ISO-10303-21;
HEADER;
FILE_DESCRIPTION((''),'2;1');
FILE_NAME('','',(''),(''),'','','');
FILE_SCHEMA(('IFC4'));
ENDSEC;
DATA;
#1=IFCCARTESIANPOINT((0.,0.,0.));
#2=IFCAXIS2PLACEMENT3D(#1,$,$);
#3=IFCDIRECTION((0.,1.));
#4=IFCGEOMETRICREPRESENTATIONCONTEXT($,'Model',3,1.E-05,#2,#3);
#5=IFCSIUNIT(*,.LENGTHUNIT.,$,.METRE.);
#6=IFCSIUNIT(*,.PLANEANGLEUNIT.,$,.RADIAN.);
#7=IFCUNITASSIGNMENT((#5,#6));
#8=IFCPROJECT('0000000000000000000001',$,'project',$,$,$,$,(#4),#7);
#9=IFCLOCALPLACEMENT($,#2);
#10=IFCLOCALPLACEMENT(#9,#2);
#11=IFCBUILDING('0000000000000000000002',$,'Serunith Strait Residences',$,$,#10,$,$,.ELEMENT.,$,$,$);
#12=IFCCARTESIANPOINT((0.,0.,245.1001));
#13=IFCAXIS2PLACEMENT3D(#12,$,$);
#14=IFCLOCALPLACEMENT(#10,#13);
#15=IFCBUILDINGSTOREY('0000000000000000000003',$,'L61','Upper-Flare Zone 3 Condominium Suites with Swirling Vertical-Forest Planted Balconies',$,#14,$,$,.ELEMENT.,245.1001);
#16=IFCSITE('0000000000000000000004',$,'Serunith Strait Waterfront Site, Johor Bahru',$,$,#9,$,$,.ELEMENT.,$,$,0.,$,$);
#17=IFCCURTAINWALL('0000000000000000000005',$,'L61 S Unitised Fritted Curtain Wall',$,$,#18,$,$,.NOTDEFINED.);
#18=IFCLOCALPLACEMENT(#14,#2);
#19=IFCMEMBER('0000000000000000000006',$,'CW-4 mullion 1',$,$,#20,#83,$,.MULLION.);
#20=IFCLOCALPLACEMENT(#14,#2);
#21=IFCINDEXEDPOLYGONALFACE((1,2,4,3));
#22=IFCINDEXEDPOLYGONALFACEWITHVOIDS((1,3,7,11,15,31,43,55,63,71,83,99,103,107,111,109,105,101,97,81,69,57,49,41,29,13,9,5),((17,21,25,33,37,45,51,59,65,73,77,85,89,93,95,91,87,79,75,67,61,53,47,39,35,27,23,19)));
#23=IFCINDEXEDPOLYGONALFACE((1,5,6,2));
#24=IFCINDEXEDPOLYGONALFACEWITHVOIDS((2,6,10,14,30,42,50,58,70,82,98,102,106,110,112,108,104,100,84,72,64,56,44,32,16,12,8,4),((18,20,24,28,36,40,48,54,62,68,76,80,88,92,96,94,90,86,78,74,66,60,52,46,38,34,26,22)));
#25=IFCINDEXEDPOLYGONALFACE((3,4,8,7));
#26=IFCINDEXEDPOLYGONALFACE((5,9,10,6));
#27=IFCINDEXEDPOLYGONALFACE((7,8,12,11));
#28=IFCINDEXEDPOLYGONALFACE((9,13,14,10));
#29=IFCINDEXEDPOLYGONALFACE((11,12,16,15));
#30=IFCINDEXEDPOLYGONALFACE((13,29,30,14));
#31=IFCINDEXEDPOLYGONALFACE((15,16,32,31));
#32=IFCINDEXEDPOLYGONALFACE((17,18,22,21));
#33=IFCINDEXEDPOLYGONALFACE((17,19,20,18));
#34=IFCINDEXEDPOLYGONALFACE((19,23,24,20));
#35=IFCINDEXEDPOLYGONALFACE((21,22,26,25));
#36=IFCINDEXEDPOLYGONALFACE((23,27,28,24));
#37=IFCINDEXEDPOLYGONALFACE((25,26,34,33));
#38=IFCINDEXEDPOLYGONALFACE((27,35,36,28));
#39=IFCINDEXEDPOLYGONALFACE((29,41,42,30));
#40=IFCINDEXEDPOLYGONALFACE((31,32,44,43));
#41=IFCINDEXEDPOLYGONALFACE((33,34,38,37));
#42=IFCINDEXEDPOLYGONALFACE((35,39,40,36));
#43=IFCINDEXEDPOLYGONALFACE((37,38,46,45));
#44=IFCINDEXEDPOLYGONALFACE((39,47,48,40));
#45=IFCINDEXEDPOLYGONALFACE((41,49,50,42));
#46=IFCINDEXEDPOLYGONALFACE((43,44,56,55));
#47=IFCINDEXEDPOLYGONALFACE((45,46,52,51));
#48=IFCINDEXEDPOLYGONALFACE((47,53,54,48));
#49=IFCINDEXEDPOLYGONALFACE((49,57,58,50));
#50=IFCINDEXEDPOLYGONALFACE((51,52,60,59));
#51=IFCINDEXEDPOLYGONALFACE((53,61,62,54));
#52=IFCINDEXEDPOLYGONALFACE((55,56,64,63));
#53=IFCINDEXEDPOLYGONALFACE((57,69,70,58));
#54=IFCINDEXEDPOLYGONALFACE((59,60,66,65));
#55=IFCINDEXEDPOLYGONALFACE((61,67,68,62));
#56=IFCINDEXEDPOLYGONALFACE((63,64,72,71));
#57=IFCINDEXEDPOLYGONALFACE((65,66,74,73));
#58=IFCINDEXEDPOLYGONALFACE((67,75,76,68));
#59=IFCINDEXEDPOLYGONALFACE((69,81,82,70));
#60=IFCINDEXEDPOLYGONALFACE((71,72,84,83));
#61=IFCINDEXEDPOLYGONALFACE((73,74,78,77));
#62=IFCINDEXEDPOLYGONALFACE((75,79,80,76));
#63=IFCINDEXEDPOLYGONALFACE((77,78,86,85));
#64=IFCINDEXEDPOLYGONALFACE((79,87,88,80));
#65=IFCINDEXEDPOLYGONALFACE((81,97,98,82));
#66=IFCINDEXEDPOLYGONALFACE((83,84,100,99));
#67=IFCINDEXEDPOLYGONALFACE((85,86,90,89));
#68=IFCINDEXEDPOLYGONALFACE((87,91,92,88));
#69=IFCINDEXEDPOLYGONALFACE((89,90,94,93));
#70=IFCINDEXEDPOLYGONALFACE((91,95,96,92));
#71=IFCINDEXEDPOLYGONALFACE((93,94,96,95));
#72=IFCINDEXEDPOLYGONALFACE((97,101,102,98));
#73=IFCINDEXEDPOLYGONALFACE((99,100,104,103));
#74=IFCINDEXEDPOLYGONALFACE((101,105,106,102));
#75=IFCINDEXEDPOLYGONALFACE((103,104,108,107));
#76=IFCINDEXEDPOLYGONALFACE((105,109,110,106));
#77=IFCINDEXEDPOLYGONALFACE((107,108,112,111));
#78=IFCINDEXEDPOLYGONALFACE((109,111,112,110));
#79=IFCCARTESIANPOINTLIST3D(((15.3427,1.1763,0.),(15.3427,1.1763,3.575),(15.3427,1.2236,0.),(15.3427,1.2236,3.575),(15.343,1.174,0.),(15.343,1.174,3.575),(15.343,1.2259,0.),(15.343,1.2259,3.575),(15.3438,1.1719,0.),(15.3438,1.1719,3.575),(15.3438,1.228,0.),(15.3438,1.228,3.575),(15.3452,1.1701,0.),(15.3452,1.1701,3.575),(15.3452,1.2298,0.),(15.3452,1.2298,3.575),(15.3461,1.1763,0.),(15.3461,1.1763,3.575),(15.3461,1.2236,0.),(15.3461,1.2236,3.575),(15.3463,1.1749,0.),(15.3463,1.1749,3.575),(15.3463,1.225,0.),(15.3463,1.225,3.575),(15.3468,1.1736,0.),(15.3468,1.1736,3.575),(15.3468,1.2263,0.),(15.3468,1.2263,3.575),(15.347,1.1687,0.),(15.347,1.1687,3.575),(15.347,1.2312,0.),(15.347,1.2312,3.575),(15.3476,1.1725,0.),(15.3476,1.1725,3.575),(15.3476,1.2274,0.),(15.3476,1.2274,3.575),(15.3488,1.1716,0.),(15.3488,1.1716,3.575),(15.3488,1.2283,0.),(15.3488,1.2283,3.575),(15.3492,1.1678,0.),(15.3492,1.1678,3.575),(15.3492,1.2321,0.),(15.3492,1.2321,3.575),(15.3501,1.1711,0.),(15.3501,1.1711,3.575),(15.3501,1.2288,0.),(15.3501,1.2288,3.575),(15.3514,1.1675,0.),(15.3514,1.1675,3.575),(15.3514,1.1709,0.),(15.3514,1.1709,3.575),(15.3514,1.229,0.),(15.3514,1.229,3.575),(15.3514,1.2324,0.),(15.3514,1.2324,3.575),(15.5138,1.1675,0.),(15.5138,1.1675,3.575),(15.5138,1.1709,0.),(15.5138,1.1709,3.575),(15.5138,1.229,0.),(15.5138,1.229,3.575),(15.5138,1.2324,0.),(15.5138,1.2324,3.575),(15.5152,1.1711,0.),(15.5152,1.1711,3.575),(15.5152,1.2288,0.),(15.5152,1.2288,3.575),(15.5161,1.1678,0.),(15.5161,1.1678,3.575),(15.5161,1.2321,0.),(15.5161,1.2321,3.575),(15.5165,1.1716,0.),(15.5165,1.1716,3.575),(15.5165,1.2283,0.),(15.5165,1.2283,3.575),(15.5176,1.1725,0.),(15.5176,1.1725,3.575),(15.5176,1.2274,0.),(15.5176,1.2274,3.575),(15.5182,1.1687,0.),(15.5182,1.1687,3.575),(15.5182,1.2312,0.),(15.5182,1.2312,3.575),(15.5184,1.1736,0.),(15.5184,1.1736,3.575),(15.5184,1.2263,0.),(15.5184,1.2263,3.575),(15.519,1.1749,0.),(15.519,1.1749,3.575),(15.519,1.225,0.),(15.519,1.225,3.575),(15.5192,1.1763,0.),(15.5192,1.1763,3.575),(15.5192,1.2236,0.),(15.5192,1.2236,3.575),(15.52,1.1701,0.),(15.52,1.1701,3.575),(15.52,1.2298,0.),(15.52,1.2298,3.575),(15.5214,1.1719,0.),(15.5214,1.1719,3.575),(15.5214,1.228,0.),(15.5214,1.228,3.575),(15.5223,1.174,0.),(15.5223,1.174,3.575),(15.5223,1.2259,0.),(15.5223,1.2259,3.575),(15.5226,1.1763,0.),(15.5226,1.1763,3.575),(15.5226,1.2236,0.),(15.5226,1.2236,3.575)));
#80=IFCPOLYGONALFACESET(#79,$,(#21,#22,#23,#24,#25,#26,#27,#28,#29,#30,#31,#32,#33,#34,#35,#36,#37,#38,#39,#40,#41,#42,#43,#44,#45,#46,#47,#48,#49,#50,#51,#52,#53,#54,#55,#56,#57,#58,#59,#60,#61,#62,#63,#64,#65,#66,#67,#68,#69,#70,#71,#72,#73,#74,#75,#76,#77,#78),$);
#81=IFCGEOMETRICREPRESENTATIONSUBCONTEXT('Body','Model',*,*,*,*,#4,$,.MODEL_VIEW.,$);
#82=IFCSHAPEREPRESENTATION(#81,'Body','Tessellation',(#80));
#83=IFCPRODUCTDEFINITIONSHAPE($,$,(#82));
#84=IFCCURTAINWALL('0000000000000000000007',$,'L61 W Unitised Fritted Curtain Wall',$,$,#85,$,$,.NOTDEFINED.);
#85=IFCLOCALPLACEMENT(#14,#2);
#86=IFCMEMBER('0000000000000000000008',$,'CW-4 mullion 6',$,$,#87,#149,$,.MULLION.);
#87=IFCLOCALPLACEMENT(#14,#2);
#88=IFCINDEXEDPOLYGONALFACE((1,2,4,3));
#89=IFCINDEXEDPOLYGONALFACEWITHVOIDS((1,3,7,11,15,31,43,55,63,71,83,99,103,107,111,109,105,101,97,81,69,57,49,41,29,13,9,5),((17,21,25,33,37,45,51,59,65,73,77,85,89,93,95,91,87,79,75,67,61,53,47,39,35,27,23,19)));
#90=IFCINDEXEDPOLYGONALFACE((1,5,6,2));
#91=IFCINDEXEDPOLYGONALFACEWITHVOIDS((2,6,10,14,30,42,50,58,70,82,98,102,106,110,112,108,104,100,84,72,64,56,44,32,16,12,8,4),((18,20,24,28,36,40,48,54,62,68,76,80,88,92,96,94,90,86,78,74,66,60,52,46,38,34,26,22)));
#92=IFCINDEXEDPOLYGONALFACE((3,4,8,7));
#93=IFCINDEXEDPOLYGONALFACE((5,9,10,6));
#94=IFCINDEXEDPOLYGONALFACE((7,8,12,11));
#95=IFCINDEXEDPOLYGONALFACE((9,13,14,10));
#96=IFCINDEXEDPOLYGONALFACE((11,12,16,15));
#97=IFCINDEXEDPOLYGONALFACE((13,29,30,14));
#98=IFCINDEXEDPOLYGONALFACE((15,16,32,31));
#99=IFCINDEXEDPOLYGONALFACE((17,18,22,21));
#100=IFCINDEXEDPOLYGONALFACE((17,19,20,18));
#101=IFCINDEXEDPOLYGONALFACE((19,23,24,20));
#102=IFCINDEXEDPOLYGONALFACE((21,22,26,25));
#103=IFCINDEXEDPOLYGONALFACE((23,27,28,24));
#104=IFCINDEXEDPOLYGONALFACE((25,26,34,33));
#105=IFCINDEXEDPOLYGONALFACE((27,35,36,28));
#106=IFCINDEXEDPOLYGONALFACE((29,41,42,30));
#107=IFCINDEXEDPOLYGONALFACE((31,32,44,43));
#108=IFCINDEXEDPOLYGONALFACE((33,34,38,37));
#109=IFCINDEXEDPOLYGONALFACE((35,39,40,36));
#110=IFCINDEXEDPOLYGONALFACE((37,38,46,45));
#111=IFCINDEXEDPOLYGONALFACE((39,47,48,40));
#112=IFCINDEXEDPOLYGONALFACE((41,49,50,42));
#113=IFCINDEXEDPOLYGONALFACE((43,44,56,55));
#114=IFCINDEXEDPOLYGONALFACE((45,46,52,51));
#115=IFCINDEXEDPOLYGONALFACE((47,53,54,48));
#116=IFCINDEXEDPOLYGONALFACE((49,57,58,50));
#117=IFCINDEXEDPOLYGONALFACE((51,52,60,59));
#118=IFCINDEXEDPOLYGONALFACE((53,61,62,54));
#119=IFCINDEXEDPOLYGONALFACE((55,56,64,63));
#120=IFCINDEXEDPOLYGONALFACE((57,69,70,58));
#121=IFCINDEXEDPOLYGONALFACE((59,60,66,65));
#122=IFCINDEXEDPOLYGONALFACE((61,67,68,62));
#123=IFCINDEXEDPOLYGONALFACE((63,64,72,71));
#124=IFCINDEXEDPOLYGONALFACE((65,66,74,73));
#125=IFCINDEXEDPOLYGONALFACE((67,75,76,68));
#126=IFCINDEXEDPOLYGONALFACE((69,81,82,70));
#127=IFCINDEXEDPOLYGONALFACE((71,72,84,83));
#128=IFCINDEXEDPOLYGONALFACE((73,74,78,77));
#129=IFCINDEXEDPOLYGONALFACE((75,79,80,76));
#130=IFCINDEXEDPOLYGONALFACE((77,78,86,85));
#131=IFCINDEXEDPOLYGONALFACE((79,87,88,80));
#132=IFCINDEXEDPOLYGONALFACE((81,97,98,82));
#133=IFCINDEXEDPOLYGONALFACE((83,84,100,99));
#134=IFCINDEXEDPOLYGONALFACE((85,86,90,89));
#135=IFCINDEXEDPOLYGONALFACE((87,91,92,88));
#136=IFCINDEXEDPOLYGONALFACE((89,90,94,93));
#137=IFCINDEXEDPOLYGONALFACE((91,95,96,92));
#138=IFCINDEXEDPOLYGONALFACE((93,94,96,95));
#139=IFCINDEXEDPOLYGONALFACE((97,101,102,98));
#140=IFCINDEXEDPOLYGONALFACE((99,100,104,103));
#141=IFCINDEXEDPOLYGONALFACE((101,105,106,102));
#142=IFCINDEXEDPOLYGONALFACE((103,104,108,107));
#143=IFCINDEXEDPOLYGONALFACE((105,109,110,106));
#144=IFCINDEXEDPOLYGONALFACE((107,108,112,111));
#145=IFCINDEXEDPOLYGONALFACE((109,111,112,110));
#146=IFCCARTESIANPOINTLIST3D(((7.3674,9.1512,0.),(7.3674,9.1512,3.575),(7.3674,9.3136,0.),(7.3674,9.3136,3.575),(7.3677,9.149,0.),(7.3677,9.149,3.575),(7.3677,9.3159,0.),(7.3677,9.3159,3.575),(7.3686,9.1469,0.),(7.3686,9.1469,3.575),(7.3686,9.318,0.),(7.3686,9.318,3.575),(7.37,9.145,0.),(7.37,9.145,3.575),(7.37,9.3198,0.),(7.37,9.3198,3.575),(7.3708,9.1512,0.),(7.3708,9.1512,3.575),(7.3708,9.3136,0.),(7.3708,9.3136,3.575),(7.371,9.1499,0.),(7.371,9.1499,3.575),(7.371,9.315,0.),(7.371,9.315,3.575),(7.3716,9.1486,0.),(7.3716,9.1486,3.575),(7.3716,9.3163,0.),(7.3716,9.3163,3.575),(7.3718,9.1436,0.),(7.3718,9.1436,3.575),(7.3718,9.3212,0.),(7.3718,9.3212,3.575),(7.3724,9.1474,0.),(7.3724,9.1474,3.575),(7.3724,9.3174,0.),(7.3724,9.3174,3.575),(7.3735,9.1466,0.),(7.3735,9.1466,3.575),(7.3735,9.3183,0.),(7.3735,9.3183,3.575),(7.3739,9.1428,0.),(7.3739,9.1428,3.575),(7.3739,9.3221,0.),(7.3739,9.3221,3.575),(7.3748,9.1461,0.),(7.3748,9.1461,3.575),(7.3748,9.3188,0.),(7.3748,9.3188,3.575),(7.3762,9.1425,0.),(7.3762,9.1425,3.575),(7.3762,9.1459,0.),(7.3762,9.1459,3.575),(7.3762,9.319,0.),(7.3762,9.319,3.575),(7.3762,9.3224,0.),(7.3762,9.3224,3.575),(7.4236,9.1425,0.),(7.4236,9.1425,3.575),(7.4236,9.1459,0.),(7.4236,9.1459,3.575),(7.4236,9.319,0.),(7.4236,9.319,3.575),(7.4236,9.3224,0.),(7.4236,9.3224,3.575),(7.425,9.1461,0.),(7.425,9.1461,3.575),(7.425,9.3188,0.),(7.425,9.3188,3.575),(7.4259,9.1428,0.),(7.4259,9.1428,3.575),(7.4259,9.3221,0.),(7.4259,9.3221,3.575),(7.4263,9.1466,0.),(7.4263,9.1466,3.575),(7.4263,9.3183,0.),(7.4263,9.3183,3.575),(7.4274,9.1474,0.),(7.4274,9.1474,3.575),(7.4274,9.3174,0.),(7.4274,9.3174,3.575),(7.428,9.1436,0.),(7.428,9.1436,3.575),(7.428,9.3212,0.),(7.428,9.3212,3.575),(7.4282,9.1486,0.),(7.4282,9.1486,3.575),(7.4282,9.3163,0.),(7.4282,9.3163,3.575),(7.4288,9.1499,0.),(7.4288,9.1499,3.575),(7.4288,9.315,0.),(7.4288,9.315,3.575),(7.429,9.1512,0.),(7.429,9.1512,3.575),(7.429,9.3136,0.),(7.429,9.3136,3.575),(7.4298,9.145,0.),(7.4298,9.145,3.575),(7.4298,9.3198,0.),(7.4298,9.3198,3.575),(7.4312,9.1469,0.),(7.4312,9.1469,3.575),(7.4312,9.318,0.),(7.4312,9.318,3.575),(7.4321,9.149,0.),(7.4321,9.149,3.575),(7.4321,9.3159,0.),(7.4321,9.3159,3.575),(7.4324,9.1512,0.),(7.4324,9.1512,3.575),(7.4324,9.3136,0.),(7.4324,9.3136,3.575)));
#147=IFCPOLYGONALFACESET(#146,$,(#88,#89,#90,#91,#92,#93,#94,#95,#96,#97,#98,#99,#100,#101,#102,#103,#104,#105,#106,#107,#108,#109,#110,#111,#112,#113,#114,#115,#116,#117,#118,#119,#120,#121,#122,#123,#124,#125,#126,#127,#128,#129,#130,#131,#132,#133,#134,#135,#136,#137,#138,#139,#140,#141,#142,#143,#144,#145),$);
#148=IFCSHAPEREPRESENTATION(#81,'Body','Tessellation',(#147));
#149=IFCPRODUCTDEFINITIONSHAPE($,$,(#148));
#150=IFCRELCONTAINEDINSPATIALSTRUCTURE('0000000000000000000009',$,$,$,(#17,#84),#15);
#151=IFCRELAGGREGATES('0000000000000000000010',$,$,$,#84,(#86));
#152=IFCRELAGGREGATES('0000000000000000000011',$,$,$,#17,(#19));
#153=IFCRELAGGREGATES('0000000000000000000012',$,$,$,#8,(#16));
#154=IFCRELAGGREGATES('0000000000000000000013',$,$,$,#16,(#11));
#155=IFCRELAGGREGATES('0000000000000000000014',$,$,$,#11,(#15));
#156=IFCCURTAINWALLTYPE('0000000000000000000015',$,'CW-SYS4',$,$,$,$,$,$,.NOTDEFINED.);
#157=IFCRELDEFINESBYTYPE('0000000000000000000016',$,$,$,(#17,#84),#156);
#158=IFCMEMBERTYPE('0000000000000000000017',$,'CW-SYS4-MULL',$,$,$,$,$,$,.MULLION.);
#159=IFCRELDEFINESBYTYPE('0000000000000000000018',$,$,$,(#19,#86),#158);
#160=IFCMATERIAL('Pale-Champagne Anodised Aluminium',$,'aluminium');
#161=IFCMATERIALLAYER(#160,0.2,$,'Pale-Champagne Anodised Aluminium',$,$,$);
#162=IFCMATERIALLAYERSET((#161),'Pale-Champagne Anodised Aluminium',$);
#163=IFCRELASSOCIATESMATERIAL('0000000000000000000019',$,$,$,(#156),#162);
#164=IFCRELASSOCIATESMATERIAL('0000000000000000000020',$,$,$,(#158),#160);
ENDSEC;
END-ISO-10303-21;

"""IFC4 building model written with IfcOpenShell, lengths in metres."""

from ifc_helpers import new_model, si_unit, direction, frame, origin, origin_2d, place, context, subcontext, project, spatial, hollow_rectangle, extrude, source, transform, mapped, material, layer, layer_set, material_profile, profile_set, type_object, element, aggregate, save


model = new_model("IFC4")

# Units and contexts
model_context = context("Model", 3, precision=1e-05, world=origin(), true_north=direction((0.0, 1.0)))
body_context = subcontext(model_context, "Body", "Model", "MODEL_VIEW")
ifc_project = project(units=[si_unit("LENGTHUNIT", "METRE"), si_unit("PLANEANGLEUNIT", "RADIAN")], contexts=[model_context])

# Site, building, storey
site_placement = place(None, origin())
site = spatial("IfcSite", under=ifc_project, at=site_placement, Name="Serunith Strait Waterfront Site, Johor Bahru", CompositionType="ELEMENT", RefElevation=0.0)
building_placement = place(site_placement, origin())
building = spatial("IfcBuilding", under=site, at=building_placement, Name="Serunith Strait Residences", CompositionType="ELEMENT")
storey_placement = place(building_placement, frame((0.0, 0.0, 245.1001)))
storey = spatial("IfcBuildingStorey", under=building, at=storey_placement, Name="L61", Description="Upper-Flare Zone 3 Condominium Suites with Swirling Vertical-Forest Planted Balconies", CompositionType="ELEMENT", Elevation=245.1001)

# Curtain walls, members
ifc_material_1 = material(Name="Pale-Champagne Anodised Aluminium", Category="aluminium")
ifc_layer_1 = layer(ifc_material_1, 0.2, Name="Pale-Champagne Anodised Aluminium")
ifc_layer_set_1 = layer_set([ifc_layer_1], Name="Pale-Champagne Anodised Aluminium")
curtain_wall_type = type_object("IfcCurtainWallType", Name="CW-SYS4", PredefinedType="NOTDEFINED", material=ifc_layer_set_1)
curtain_wall_1_placement = place(storey_placement, origin())
curtain_wall_1 = element("IfcCurtainWall", 1, at=curtain_wall_1_placement, inside=storey, type_object=curtain_wall_type, Name="L61 S Unitised Fritted Curtain Wall", PredefinedType="NOTDEFINED")
ifc_material_profile_1 = material_profile(ifc_material_1, hollow_rectangle(XDim=0.0649, YDim=0.1799, WallThickness=0.0034, InnerFilletRadius=0.0054, OuterFilletRadius=0.0088, at=origin_2d()), Name="ALU 180x65x3.5")
ifc_profile_set_1 = profile_set([ifc_material_profile_1], Name="Pale-Champagne Anodised Aluminium")
member_type_1 = type_object("IfcMemberType", Name="CW-SYS4-MULL", PredefinedType="MULLION", material=ifc_profile_set_1)
shared_shape_1 = source(origin(), body_context, "Body", "SweptSolid", [
    extrude(hollow_rectangle(XDim=0.0649, YDim=0.1799, WallThickness=0.0034, InnerFilletRadius=0.0054, OuterFilletRadius=0.0088, at=origin_2d()), origin(), (0.0, 0.0, 1.0), 3.575),
])
member_1_placement = place(storey_placement, frame((15.4326, 1.2, 0.0), z_axis=(0.0, 0.0, 1.0), x_axis=(0.0, 1.0, 0.0)))
member_1 = element("IfcMember", 2, at=member_1_placement, type_object=member_type_1, Name="CW-4 mullion 1", PredefinedType="MULLION", context=body_context, shape_type="MappedRepresentation", body=[
    mapped(shared_shape_1, transform((0.0, 0.0, 0.0), scale=1.0)),
])
curtain_wall_2_placement = place(storey_placement, origin())
curtain_wall_2 = element("IfcCurtainWall", 3, at=curtain_wall_2_placement, inside=storey, type_object=curtain_wall_type, Name="L61 W Unitised Fritted Curtain Wall", PredefinedType="NOTDEFINED")
member_2_placement = place(storey_placement, frame((7.3999, 9.2324, 0.0), z_axis=(0.0, 0.0, 1.0), x_axis=(1.0, 0.0, 0.0)))
member_2 = element("IfcMember", 4, at=member_2_placement, type_object=member_type_1, Name="CW-4 mullion 6", PredefinedType="MULLION", context=body_context, shape_type="MappedRepresentation", body=[
    mapped(shared_shape_1, transform((0.0, 0.0, 0.0), scale=1.0)),
])
aggregate(curtain_wall_2, [member_2])

aggregate(curtain_wall_1, [member_1])

save(model, "model.ifc")
